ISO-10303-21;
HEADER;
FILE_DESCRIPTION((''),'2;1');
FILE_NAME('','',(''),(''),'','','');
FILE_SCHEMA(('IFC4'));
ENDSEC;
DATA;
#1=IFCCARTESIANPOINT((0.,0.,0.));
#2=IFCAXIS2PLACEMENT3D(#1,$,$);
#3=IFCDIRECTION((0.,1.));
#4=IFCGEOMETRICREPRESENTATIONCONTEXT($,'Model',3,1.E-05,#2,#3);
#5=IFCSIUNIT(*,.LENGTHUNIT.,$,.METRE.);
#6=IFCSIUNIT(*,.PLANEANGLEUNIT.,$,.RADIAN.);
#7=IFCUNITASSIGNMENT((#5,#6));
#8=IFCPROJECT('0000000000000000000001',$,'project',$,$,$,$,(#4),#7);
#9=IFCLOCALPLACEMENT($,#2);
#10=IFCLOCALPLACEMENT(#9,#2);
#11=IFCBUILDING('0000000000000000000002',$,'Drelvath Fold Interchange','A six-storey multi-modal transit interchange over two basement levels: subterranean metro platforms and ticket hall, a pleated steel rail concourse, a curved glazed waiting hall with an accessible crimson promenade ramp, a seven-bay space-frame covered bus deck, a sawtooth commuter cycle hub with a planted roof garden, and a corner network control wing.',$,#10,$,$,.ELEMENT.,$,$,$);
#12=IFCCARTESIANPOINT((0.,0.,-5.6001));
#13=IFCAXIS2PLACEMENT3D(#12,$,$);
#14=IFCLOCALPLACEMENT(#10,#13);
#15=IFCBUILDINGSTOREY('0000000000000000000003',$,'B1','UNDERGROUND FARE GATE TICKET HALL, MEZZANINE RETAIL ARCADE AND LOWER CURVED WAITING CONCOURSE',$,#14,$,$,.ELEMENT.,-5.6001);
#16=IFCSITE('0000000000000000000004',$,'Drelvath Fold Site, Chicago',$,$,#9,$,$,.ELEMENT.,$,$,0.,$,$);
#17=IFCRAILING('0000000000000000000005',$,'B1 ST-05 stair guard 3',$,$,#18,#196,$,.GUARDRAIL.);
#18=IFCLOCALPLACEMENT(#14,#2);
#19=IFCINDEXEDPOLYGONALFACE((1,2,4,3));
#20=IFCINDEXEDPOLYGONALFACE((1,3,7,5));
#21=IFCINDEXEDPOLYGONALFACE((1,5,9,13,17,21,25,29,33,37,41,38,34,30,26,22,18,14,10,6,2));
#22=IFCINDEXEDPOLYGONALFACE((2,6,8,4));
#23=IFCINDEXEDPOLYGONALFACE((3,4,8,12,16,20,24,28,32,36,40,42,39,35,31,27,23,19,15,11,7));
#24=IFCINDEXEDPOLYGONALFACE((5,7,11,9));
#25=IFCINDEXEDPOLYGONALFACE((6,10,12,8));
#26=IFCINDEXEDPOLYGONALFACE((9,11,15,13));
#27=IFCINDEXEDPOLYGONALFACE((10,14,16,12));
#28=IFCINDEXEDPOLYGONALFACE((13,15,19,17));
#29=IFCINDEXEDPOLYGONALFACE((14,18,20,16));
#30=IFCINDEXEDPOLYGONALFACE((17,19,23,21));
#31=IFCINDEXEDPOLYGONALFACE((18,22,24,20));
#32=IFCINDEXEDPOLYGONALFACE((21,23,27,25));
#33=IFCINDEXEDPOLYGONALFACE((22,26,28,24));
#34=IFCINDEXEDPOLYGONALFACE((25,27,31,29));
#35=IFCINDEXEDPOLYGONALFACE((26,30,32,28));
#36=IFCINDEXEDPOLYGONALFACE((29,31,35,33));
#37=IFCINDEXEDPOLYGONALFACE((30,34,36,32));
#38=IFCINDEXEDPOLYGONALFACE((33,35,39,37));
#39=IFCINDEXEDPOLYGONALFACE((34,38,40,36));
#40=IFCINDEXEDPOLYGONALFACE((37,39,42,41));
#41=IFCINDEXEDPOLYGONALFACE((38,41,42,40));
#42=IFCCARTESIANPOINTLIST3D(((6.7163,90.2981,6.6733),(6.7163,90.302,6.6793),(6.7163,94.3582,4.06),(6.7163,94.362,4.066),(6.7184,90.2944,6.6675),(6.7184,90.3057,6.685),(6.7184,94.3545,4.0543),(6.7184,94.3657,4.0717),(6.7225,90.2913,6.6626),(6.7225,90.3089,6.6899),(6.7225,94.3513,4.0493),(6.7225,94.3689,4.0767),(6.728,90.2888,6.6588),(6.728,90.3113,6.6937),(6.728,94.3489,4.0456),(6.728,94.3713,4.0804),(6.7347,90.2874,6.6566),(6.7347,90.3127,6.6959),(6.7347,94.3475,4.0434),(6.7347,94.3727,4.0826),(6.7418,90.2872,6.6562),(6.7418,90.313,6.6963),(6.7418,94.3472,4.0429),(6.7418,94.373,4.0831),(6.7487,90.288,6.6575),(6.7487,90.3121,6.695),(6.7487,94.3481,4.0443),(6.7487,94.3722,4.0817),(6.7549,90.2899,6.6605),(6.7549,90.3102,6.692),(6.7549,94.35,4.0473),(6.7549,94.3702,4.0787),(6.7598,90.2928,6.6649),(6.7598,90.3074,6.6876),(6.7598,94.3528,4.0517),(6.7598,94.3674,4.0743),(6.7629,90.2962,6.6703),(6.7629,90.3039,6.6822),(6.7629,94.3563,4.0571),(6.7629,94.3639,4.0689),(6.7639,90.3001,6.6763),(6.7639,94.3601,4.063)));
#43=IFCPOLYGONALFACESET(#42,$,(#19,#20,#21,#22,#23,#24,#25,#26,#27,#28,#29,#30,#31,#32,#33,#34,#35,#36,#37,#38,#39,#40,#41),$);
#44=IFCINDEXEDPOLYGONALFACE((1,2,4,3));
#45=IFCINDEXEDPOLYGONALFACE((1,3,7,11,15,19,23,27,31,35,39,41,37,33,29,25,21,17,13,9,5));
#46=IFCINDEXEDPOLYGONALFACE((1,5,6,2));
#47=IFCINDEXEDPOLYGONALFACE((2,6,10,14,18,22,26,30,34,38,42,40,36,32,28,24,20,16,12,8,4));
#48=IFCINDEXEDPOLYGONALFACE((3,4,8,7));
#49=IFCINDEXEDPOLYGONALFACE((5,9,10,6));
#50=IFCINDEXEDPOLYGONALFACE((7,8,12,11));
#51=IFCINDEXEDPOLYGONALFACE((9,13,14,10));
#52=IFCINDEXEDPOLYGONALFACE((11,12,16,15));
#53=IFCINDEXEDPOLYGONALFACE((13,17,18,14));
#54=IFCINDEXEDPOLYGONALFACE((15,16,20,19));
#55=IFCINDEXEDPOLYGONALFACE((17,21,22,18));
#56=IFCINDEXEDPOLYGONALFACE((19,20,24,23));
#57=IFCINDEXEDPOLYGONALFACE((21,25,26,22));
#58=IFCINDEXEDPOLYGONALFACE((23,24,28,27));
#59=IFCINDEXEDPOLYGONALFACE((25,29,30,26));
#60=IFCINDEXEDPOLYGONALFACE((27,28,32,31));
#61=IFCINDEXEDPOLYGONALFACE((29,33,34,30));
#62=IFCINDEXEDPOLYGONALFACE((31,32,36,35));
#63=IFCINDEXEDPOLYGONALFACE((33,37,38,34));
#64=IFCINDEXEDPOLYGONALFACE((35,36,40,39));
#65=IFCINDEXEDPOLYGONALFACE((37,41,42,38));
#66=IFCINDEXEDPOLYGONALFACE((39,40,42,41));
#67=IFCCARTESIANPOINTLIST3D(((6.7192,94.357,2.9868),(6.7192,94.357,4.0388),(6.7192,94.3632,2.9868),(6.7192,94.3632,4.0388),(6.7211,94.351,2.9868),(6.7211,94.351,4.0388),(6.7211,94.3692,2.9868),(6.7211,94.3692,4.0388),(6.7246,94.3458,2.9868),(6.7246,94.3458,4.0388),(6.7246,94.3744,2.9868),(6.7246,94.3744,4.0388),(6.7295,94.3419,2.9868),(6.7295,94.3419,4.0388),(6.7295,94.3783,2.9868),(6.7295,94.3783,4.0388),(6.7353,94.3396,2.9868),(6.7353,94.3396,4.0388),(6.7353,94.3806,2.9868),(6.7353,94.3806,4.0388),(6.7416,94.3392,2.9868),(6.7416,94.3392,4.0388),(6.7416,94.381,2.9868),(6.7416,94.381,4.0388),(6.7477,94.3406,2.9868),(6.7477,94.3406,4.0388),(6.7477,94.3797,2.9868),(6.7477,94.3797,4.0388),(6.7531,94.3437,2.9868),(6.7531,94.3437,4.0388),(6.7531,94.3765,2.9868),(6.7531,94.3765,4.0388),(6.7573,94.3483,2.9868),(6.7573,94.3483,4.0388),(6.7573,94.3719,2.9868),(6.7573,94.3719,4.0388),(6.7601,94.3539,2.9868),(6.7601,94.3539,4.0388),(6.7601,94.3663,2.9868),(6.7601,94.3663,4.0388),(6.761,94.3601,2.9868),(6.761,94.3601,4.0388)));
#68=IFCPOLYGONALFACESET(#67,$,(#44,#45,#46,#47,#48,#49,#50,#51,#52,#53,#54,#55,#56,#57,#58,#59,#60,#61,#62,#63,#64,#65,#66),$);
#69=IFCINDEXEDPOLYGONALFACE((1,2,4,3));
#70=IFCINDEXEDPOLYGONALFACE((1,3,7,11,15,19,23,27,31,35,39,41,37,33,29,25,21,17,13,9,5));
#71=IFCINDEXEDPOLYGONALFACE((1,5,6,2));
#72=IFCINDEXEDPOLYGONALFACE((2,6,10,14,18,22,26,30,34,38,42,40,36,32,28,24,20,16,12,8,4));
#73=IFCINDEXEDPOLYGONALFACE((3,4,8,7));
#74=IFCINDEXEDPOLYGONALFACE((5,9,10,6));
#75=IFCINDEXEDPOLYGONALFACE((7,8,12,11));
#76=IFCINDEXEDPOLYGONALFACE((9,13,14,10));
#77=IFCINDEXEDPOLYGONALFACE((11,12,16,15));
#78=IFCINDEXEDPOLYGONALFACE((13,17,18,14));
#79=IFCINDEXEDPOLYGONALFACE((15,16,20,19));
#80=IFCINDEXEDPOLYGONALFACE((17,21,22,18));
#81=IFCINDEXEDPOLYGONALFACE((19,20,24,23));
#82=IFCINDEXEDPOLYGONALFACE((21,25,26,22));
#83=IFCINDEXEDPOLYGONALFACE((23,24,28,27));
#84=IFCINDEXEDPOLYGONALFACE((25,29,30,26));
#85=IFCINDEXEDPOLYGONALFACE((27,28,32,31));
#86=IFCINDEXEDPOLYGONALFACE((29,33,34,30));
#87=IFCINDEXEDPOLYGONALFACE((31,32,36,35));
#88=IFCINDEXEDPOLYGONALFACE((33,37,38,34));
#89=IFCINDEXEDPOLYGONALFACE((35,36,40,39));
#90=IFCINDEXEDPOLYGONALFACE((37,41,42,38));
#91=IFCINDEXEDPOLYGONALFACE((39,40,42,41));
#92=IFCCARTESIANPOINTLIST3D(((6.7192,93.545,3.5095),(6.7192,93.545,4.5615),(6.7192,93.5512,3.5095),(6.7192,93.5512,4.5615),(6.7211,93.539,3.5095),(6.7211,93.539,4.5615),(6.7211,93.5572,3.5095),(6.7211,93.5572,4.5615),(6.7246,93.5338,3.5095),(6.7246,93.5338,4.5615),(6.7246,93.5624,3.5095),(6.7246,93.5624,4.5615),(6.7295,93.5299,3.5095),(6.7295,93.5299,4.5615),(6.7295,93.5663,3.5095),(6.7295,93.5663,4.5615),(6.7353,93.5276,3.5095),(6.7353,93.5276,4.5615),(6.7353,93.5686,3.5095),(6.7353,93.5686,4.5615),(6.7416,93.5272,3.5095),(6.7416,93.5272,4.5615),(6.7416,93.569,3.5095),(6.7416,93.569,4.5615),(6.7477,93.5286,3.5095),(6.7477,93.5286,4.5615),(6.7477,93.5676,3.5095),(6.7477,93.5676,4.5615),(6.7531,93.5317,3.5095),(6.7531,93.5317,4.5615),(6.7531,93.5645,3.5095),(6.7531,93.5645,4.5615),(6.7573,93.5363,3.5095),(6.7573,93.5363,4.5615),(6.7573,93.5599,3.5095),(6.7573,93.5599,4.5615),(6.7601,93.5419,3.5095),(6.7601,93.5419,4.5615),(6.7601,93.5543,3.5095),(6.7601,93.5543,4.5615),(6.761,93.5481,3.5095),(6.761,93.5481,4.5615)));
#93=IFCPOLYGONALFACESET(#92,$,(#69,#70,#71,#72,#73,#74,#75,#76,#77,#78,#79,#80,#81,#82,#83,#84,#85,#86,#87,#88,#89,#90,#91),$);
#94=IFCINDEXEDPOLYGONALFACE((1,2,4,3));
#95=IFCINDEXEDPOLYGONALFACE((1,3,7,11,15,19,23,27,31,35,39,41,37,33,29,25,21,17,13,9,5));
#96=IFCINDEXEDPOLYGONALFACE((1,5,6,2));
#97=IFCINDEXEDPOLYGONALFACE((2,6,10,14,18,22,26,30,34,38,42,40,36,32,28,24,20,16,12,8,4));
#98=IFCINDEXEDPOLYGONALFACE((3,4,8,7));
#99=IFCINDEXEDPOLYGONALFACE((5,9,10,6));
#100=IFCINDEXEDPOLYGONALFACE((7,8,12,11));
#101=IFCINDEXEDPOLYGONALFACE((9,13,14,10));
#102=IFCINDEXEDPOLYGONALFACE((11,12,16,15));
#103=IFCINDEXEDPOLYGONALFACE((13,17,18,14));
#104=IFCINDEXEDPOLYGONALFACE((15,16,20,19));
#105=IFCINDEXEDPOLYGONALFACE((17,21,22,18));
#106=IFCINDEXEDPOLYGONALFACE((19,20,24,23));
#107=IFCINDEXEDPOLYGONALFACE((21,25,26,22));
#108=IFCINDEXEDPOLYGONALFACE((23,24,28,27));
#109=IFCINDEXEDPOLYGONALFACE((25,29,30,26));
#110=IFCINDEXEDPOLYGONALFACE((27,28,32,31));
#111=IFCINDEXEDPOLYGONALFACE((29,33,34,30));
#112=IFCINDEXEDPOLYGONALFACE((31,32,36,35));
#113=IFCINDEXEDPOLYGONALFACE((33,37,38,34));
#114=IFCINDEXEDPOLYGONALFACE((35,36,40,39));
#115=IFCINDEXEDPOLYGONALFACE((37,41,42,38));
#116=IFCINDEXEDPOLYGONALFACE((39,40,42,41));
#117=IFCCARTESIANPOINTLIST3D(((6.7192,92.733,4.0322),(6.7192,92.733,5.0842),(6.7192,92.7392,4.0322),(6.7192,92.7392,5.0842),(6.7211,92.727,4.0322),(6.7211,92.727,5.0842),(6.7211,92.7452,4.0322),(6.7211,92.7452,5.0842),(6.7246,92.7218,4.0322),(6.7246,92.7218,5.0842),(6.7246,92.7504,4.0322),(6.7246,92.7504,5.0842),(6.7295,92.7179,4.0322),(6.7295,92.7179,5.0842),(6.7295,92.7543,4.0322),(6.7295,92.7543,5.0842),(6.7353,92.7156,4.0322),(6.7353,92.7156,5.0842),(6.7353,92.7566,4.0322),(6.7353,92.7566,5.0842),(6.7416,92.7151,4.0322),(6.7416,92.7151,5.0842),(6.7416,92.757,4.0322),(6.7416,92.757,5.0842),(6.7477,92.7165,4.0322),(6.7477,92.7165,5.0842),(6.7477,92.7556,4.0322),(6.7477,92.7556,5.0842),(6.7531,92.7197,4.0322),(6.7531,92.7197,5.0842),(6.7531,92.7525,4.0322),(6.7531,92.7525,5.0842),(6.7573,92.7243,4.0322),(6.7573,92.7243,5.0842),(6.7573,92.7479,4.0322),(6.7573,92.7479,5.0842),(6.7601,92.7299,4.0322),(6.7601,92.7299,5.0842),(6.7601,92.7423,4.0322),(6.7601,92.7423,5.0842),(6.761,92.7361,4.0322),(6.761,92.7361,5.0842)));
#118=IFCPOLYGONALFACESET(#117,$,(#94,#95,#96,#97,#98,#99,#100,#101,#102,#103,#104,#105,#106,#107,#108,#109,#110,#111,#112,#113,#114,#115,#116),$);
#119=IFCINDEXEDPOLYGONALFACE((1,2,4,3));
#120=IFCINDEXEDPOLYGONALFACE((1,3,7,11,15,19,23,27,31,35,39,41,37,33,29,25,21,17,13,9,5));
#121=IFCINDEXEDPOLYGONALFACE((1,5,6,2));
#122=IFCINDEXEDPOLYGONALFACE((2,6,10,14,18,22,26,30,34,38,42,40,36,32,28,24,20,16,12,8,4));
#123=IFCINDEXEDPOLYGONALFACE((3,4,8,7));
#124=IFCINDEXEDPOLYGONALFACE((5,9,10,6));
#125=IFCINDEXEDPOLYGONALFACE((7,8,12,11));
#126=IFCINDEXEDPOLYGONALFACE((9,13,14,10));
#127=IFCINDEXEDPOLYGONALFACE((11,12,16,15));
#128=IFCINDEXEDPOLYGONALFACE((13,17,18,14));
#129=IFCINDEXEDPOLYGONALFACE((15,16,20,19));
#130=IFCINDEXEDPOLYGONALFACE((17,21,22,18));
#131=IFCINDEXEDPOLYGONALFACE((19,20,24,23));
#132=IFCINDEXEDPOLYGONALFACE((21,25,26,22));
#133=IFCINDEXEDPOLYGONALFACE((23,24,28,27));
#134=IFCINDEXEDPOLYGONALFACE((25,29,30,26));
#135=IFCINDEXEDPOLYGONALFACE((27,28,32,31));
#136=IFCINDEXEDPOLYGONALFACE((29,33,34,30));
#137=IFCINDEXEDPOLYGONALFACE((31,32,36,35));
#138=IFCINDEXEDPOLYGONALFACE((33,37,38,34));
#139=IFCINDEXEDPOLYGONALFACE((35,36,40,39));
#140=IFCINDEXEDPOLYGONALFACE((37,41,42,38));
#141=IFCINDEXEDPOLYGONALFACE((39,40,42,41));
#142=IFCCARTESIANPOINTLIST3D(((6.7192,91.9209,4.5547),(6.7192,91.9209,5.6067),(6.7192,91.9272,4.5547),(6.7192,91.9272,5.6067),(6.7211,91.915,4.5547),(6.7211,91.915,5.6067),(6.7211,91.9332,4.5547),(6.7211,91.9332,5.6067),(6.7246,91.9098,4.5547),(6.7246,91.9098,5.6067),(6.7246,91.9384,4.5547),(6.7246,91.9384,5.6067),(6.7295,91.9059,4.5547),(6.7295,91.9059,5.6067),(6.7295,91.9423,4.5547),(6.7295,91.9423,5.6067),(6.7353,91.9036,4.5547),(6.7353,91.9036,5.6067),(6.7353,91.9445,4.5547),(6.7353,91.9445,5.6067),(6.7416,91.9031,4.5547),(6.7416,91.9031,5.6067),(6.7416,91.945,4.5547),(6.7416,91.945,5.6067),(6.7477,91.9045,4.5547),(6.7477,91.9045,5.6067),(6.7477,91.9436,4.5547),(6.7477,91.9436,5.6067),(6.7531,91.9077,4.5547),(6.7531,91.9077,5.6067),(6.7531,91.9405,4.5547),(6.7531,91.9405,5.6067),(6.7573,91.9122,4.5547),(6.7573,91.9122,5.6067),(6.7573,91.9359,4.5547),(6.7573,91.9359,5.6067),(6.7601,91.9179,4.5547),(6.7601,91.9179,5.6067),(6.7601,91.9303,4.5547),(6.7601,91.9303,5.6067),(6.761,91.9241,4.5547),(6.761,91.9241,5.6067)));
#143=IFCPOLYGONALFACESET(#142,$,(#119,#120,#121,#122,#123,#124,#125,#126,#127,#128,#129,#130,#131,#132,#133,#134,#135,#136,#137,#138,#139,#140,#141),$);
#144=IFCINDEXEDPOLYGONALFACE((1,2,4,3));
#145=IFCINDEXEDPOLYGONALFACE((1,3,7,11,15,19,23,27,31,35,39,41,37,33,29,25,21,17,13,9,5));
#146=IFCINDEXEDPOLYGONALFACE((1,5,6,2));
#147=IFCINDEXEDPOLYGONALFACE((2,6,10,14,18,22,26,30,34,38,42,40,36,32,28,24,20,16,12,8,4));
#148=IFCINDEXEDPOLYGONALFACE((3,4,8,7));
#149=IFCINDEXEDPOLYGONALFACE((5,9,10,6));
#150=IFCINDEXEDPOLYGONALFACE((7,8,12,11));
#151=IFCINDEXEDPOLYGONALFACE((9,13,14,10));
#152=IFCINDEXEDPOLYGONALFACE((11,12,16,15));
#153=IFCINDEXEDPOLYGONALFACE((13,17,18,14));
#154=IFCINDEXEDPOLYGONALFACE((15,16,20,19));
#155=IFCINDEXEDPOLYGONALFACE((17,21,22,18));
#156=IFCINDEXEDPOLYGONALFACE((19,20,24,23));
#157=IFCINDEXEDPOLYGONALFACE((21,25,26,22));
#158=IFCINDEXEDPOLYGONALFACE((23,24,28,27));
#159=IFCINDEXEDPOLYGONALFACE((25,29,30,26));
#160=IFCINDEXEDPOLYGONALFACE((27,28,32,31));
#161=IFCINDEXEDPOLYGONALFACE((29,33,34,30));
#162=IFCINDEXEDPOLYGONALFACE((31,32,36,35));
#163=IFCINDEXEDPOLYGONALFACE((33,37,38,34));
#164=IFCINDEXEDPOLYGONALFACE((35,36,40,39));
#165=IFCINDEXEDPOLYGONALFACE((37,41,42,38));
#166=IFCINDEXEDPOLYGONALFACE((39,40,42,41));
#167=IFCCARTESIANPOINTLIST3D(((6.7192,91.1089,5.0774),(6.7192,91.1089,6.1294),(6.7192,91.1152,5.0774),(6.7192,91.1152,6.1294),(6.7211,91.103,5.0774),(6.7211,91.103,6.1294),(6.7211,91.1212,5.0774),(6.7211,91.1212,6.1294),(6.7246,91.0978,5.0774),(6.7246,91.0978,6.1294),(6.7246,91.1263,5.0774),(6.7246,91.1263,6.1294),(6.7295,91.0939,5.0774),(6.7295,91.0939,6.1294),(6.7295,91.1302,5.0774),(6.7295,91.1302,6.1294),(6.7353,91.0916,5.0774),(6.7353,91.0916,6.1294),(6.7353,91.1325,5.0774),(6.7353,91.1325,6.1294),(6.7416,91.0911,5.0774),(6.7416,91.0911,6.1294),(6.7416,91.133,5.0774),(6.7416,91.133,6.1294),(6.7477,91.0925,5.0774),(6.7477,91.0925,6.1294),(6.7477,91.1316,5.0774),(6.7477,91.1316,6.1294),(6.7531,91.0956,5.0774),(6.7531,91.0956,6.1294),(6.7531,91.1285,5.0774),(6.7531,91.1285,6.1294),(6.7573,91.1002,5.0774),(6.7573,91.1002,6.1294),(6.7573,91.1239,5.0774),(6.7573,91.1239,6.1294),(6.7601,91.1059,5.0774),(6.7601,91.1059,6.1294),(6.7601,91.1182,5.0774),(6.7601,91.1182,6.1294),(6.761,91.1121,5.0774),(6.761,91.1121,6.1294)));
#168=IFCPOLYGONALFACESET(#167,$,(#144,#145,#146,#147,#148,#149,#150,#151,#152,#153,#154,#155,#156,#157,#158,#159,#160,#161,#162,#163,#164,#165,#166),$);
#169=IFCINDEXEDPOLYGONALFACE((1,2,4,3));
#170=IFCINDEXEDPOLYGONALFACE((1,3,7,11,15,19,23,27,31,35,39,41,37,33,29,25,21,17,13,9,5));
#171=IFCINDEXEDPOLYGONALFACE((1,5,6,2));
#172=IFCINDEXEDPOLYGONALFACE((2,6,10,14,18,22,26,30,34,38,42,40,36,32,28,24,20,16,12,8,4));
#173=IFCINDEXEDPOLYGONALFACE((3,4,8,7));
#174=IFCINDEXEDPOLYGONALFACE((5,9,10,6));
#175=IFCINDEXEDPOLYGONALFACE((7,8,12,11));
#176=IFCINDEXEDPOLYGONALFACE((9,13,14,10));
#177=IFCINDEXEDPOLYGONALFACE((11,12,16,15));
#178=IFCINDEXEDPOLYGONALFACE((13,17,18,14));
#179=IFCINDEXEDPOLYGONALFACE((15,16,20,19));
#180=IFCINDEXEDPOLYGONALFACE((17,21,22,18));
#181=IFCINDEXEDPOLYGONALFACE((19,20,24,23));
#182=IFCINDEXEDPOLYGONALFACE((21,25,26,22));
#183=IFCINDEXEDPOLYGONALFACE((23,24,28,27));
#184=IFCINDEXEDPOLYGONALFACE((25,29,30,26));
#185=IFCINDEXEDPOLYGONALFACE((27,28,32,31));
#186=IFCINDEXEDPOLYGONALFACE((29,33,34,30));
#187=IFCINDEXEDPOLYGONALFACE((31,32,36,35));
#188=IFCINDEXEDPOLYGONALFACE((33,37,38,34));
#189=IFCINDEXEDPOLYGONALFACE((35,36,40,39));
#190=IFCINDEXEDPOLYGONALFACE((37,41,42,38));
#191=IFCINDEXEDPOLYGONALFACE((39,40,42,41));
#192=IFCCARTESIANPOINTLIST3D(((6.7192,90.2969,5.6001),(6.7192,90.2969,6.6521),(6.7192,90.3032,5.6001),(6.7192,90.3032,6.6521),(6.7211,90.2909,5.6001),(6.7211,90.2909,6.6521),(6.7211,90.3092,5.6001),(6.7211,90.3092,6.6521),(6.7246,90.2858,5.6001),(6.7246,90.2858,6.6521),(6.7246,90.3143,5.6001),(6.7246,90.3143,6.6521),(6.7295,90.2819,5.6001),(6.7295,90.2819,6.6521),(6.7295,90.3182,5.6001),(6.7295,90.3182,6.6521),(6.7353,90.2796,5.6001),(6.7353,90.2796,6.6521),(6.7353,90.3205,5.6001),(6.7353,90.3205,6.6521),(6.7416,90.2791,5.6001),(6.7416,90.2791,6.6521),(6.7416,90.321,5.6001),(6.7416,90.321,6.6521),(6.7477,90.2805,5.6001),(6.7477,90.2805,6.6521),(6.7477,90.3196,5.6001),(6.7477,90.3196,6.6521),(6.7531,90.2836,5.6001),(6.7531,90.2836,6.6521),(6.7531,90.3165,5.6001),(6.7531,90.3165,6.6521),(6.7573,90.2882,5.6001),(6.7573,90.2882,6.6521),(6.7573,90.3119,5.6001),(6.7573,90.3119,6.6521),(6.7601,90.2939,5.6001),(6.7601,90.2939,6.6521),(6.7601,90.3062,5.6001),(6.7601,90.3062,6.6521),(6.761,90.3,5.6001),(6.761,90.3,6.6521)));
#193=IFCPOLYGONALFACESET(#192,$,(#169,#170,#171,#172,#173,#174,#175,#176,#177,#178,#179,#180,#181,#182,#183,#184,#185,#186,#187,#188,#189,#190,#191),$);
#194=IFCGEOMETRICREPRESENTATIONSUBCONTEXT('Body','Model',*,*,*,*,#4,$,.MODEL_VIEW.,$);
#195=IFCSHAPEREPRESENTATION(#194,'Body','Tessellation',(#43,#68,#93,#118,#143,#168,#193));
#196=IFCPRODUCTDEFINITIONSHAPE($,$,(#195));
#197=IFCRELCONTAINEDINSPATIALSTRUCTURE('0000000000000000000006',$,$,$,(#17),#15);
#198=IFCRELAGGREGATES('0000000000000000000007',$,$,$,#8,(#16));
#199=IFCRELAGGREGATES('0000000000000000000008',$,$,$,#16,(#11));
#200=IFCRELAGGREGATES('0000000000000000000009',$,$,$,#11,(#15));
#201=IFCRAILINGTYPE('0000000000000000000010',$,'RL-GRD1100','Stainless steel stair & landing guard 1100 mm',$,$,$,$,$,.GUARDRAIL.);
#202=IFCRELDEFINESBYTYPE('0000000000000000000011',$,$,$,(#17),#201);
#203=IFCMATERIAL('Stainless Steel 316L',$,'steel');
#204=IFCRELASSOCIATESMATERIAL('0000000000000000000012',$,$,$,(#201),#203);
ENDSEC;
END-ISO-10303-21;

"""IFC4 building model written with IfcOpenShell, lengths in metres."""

from ifc_helpers import new_model, si_unit, direction, frame, origin, origin_2d, place, context, subcontext, project, spatial, circle, extrude, material, type_object, element, save


model = new_model("IFC4")

# Units and contexts
model_context = context("Model", 3, precision=1e-05, world=origin(), true_north=direction((0.0, 1.0)))
body_context = subcontext(model_context, "Body", "Model", "MODEL_VIEW")
ifc_project = project(units=[si_unit("LENGTHUNIT", "METRE"), si_unit("PLANEANGLEUNIT", "RADIAN")], contexts=[model_context])

# Site, building, storey
site_placement = place(None, origin())
site = spatial("IfcSite", under=ifc_project, at=site_placement, Name="Drelvath Fold Site, Chicago", CompositionType="ELEMENT", RefElevation=0.0)
building_placement = place(site_placement, origin())
building = spatial("IfcBuilding", under=site, at=building_placement, Name="Drelvath Fold Interchange", Description="A six-storey multi-modal transit interchange over two basement levels: subterranean metro platforms and ticket hall, a pleated steel rail concourse, a curved glazed waiting hall with an accessible crimson promenade ramp, a seven-bay space-frame covered bus deck, a sawtooth commuter cycle hub with a planted roof garden, and a corner network control wing.", CompositionType="ELEMENT")
storey_placement = place(building_placement, frame((0.0, 0.0, -5.6001)))
storey = spatial("IfcBuildingStorey", under=building, at=storey_placement, Name="B1", Description="UNDERGROUND FARE GATE TICKET HALL, MEZZANINE RETAIL ARCADE AND LOWER CURVED WAITING CONCOURSE", CompositionType="ELEMENT", Elevation=-5.6001)

# Railing
ifc_material_1 = material(Name="Stainless Steel 316L", Category="steel")
railing_type_1 = type_object("IfcRailingType", Name="RL-GRD1100", Description="Stainless steel stair & landing guard 1100 mm", PredefinedType="GUARDRAIL", material=ifc_material_1)
railing_1_placement = place(storey_placement, frame((6.74, 94.3601, 2.9868)))
element("IfcRailing", 1, at=railing_1_placement, inside=storey, type_object=railing_type_1, Name="B1 ST-05 stair guard 3", PredefinedType="GUARDRAIL", context=body_context, shape_type="SweptSolid", body=[
    extrude(circle(Radius=0.0239, at=origin_2d()), frame((0.0, 0.0, 1.0762), z_axis=(0.0, -0.840873, 0.541233), x_axis=(1.0, 0.0, 0.0)), (0.0, 0.0, 1.0), 4.8284),
    extrude(circle(Radius=0.021, at=origin_2d()), origin(), (0.0, 0.0, 1.0), 1.052),
    extrude(circle(Radius=0.021, at=origin_2d()), frame((0.0, -0.812, 0.5227)), (0.0, 0.0, 1.0), 1.052),
    extrude(circle(Radius=0.021, at=origin_2d()), frame((0.0, -1.624, 1.0454)), (0.0, 0.0, 1.0), 1.052),
    extrude(circle(Radius=0.021, at=origin_2d()), frame((0.0, -2.436, 1.5679)), (0.0, 0.0, 1.0), 1.052),
    extrude(circle(Radius=0.021, at=origin_2d()), frame((0.0, -3.248, 2.0906)), (0.0, 0.0, 1.0), 1.052),
    extrude(circle(Radius=0.021, at=origin_2d()), frame((0.0, -4.0601, 2.6133)), (0.0, 0.0, 1.0), 1.052),
])

save(model, "model.ifc")
